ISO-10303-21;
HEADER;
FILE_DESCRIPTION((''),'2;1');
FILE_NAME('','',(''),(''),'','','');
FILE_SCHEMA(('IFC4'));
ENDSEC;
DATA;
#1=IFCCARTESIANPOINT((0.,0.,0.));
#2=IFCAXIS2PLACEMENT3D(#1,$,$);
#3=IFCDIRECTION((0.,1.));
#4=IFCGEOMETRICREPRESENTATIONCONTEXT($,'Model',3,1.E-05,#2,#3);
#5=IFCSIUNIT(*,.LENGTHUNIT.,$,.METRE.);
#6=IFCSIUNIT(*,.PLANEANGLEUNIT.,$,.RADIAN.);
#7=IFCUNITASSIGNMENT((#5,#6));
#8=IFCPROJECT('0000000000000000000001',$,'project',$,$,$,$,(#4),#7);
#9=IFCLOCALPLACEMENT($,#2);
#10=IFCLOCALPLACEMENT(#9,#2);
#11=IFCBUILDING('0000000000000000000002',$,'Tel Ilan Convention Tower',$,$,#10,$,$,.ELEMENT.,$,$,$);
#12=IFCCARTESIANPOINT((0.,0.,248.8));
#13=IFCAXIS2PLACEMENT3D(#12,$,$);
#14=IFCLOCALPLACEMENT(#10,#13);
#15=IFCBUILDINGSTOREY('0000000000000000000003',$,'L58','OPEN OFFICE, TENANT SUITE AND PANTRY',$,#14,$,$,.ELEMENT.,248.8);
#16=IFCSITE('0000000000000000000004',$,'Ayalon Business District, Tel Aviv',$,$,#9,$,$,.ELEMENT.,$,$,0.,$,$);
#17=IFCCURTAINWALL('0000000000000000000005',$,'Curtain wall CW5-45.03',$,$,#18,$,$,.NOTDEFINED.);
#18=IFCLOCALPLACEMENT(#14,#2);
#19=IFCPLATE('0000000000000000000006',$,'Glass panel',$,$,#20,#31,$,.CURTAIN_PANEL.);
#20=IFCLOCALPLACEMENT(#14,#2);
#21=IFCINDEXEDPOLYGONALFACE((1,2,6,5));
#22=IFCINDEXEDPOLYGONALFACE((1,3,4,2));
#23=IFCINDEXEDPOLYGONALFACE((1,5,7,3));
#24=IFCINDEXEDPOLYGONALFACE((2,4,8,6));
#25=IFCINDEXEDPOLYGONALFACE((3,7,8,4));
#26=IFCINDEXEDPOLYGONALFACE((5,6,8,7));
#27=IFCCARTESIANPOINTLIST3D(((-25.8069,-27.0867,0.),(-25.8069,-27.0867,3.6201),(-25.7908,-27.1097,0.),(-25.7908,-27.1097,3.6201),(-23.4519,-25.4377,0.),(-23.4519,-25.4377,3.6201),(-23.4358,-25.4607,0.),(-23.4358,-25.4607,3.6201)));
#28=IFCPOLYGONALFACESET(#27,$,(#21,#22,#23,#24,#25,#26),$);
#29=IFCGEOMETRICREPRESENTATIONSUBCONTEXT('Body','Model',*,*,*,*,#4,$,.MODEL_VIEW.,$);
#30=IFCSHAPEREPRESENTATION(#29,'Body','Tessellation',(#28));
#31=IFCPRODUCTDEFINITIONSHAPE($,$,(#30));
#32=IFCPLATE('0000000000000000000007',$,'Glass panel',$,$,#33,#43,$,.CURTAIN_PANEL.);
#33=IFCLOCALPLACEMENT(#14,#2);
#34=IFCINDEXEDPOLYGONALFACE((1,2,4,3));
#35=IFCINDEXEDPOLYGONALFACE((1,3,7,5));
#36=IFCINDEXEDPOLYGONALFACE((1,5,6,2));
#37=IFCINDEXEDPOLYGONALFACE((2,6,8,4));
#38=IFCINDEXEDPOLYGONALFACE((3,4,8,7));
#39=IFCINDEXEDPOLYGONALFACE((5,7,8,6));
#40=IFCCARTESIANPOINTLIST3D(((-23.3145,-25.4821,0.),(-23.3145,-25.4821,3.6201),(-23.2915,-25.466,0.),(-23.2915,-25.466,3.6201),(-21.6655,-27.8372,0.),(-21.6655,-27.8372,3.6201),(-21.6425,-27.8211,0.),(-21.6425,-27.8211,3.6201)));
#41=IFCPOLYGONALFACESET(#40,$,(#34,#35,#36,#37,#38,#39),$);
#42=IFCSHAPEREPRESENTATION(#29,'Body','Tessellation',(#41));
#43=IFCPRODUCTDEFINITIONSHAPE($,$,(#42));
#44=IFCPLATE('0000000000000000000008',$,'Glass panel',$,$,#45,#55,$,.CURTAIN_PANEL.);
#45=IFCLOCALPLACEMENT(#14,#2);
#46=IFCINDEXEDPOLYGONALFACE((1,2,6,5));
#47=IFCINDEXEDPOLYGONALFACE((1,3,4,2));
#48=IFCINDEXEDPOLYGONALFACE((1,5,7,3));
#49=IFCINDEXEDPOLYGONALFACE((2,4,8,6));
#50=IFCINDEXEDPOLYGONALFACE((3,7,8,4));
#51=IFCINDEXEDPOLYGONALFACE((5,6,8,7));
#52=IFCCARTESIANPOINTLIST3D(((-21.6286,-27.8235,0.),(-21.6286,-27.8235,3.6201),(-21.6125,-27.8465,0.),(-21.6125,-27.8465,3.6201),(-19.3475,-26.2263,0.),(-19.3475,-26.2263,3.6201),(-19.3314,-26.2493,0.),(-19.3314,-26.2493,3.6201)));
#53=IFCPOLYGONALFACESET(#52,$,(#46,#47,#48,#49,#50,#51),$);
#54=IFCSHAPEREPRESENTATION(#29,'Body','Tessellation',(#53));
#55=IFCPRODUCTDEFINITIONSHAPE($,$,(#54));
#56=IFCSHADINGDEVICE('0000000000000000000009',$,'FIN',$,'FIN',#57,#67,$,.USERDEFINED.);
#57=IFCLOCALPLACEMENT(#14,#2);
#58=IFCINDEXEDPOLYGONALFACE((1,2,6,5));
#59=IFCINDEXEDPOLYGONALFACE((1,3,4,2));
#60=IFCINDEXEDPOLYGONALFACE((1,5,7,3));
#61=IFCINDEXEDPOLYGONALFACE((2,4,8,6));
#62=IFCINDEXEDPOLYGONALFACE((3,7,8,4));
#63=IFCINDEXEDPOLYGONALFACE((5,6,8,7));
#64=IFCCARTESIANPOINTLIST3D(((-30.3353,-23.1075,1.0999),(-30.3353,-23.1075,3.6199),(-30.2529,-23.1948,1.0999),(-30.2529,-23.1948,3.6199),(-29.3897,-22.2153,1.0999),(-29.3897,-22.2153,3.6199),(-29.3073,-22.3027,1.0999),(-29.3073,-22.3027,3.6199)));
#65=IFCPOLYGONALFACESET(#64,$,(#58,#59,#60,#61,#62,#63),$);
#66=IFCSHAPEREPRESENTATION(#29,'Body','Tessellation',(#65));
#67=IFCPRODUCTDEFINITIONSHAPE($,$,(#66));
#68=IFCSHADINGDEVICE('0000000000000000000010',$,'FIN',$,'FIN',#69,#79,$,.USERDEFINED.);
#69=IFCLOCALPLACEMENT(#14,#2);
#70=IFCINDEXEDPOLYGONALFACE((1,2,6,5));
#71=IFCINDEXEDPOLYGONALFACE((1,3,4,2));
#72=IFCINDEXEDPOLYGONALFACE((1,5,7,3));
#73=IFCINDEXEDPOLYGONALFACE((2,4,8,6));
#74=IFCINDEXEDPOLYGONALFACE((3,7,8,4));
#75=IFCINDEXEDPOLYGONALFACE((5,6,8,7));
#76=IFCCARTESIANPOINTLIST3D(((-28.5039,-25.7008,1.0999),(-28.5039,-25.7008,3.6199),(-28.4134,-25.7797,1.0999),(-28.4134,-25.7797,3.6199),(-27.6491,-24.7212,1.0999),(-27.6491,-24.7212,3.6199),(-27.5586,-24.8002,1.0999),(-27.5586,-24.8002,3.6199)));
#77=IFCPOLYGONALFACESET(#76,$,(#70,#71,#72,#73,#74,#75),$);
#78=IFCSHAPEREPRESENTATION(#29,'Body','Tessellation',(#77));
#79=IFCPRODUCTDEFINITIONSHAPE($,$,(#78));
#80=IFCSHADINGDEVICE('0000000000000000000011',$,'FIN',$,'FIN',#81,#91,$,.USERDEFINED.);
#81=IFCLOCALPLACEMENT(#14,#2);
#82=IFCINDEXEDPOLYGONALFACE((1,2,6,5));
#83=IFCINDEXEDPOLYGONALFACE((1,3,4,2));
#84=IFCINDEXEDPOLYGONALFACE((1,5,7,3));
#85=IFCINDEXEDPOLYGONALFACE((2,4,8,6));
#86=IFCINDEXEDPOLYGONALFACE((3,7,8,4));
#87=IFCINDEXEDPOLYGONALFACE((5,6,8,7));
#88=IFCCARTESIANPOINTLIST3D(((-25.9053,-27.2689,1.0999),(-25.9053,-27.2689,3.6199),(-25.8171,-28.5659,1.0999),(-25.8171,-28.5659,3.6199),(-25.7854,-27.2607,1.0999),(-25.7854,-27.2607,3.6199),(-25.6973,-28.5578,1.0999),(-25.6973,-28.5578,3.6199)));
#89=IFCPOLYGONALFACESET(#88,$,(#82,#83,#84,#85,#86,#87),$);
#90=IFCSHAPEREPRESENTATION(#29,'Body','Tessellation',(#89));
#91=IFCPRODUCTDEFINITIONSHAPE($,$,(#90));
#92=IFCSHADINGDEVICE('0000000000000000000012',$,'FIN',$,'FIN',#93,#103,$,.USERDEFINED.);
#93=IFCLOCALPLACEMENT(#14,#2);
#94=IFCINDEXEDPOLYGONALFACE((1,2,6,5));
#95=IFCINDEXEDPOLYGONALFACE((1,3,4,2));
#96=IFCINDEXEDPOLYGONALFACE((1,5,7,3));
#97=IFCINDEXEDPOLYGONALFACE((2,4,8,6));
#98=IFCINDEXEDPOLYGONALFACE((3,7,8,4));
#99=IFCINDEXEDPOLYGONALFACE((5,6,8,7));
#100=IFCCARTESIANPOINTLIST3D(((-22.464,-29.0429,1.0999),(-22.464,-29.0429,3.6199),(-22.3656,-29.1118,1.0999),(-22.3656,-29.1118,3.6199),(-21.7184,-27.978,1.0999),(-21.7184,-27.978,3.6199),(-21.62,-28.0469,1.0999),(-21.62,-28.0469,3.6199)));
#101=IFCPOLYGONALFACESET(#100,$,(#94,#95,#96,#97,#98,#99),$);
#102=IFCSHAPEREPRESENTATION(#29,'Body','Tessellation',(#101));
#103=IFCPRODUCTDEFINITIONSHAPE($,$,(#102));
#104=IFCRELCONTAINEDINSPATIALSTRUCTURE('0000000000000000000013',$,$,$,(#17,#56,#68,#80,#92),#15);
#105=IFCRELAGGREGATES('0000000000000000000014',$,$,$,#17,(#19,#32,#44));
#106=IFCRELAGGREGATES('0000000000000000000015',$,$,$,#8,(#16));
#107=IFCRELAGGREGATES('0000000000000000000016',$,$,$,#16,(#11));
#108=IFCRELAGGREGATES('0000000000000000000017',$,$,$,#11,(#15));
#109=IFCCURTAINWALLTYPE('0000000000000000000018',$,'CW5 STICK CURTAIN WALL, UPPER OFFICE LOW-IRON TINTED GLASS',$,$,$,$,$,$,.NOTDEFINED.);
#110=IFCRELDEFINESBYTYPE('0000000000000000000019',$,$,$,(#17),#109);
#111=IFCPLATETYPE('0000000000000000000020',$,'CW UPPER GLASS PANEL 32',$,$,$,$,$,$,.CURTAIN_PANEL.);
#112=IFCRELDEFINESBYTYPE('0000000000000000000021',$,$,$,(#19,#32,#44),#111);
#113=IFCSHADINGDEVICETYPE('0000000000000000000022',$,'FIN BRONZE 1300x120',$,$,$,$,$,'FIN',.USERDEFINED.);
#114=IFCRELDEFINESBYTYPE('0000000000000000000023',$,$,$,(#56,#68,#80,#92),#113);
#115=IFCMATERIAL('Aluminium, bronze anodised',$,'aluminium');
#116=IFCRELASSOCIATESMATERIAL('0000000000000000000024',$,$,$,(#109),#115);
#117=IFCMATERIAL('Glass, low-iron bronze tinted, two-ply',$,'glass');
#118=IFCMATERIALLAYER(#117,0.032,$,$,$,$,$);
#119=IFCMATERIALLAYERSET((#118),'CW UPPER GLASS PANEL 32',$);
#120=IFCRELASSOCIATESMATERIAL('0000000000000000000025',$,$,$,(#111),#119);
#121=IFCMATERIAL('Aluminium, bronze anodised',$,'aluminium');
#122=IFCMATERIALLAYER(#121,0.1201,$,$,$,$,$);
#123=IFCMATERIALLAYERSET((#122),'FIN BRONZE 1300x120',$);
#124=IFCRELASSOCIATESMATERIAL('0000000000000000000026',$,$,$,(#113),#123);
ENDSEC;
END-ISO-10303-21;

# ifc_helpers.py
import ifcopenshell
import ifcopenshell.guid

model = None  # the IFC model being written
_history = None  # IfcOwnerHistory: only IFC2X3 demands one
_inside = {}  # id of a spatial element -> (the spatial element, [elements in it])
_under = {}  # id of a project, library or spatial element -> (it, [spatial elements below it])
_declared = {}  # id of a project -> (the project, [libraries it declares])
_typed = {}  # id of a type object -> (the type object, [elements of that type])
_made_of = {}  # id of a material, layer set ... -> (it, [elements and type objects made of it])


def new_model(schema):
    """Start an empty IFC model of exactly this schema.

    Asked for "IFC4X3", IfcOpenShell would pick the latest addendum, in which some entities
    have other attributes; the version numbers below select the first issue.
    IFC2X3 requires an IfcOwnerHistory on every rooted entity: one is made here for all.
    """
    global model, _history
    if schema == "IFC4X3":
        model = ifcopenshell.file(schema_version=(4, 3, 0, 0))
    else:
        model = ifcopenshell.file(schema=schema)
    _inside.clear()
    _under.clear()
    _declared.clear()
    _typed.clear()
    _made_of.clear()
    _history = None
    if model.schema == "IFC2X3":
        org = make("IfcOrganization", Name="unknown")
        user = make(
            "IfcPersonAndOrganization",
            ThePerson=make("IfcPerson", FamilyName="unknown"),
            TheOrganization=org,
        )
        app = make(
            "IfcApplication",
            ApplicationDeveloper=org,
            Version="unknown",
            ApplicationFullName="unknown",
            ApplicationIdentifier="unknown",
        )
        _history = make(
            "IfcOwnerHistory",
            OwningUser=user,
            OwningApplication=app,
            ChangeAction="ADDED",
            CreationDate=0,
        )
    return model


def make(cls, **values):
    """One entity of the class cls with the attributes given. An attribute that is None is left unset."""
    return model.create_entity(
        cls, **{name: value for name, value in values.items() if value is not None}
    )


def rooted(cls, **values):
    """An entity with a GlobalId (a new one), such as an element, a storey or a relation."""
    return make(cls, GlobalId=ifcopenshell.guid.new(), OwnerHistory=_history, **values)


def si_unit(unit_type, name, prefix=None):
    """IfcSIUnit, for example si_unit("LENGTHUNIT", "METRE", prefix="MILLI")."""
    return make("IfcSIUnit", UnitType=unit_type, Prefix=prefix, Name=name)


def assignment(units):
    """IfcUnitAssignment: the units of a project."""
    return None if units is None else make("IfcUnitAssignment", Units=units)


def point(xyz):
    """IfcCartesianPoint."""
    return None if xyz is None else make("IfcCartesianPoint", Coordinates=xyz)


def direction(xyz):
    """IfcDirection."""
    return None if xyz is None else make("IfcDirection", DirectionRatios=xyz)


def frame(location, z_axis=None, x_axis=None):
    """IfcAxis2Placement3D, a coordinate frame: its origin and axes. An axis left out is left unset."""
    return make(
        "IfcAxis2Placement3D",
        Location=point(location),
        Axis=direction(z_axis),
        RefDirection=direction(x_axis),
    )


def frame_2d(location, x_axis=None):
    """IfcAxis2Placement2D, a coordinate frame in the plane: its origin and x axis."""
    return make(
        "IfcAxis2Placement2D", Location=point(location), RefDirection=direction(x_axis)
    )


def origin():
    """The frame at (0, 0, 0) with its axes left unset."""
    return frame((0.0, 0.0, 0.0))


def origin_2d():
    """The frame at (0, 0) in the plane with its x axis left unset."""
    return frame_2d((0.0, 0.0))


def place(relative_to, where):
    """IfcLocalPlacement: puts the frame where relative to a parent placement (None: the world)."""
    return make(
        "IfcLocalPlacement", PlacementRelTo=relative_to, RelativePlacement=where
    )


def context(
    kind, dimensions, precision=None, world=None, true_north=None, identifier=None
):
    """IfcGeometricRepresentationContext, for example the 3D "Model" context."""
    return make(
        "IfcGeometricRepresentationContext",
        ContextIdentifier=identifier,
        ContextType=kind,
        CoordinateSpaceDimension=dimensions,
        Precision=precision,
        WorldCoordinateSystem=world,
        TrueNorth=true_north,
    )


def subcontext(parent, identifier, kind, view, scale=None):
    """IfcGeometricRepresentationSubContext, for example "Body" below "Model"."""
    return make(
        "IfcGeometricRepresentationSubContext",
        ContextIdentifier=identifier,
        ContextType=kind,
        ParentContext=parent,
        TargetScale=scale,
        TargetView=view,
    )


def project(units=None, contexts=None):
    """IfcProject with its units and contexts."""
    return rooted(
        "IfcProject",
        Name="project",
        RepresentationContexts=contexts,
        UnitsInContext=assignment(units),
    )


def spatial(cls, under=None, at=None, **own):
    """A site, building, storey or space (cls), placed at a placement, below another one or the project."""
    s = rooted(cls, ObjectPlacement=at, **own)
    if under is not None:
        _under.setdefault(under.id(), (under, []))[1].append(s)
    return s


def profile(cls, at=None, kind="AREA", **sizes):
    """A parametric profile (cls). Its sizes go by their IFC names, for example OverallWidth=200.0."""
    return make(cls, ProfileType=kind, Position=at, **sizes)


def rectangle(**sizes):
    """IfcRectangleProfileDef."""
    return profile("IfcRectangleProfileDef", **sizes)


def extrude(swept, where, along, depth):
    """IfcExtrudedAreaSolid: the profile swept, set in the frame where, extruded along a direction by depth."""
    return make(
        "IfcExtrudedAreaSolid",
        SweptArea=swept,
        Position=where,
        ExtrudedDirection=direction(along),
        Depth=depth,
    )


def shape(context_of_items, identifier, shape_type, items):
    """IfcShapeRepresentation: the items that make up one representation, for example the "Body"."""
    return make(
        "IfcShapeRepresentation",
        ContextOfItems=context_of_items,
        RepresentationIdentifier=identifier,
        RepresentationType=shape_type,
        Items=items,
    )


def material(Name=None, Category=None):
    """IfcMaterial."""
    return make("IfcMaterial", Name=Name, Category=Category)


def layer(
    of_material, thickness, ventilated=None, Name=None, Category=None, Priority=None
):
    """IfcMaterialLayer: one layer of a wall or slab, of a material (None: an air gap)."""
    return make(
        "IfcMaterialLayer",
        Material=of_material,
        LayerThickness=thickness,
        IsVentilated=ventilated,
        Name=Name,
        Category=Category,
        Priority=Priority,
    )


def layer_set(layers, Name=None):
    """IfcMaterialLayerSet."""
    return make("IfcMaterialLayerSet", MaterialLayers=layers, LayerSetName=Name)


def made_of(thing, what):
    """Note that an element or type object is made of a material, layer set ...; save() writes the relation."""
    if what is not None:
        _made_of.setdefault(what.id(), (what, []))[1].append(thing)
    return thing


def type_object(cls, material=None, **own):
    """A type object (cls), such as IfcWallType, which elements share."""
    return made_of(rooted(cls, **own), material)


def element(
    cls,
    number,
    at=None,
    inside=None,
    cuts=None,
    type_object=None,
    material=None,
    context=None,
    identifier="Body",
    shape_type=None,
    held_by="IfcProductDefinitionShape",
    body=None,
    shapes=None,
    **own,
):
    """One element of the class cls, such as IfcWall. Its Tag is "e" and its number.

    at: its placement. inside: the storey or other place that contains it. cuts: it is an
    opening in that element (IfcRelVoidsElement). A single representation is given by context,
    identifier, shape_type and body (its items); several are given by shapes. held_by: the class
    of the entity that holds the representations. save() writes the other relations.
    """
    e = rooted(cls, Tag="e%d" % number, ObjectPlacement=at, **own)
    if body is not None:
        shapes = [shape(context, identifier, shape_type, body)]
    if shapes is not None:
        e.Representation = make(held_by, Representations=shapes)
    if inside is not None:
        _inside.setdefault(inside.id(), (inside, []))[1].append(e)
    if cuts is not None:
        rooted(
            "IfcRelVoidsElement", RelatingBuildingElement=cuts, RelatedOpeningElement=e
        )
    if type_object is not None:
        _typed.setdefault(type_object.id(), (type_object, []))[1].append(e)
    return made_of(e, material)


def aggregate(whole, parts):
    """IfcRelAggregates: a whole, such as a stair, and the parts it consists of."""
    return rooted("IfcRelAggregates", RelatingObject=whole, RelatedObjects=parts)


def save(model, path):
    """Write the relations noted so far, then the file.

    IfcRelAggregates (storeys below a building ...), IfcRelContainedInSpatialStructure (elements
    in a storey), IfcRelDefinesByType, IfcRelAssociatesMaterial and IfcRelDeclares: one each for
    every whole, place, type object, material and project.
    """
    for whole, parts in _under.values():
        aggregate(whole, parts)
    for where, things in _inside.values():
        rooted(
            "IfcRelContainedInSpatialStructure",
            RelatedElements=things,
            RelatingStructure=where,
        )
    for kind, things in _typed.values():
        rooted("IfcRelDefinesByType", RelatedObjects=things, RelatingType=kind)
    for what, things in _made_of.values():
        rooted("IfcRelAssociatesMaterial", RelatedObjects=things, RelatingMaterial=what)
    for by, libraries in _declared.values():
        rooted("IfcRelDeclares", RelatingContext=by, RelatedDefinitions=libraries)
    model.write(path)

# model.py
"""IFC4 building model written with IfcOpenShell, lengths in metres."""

from ifc_helpers import new_model, si_unit, direction, frame, origin, origin_2d, place, context, subcontext, project, spatial, rectangle, extrude, material, layer, layer_set, type_object, element, aggregate, save


model = new_model("IFC4")

# Units and contexts
model_context = context("Model", 3, precision=1e-05, world=origin(), true_north=direction((0.0, 1.0)))
body_context = subcontext(model_context, "Body", "Model", "MODEL_VIEW")
ifc_project = project(units=[si_unit("LENGTHUNIT", "METRE"), si_unit("PLANEANGLEUNIT", "RADIAN")], contexts=[model_context])

# Site, building, storey
site_placement = place(None, origin())
site = spatial("IfcSite", under=ifc_project, at=site_placement, Name="Ayalon Business District, Tel Aviv", CompositionType="ELEMENT", RefElevation=0.0)
building_placement = place(site_placement, origin())
building = spatial("IfcBuilding", under=site, at=building_placement, Name="Tel Ilan Convention Tower", CompositionType="ELEMENT")
storey_placement = place(building_placement, frame((0.0, 0.0, 248.8)))
storey = spatial("IfcBuildingStorey", under=building, at=storey_placement, Name="L58", Description="OPEN OFFICE, TENANT SUITE AND PANTRY", CompositionType="ELEMENT", Elevation=248.8)

# Curtain wall, plates
ifc_material_1 = material(Name="Aluminium, bronze anodised", Category="aluminium")
curtain_wall_type = type_object("IfcCurtainWallType", Name="CW5 STICK CURTAIN WALL, UPPER OFFICE LOW-IRON TINTED GLASS", PredefinedType="NOTDEFINED", material=ifc_material_1)
curtain_wall_placement = place(storey_placement, origin())
curtain_wall = element("IfcCurtainWall", 1, at=curtain_wall_placement, inside=storey, type_object=curtain_wall_type, Name="Curtain wall CW5-45.03", PredefinedType="NOTDEFINED")
ifc_material_2 = material(Name="Glass, low-iron bronze tinted, two-ply", Category="glass")
ifc_layer_1 = layer(ifc_material_2, 0.032)
ifc_layer_set_1 = layer_set([ifc_layer_1], Name="CW UPPER GLASS PANEL 32")
plate_type = type_object("IfcPlateType", Name="CW UPPER GLASS PANEL 32", PredefinedType="CURTAIN_PANEL", material=ifc_layer_set_1)
plate_1_placement = place(storey_placement, frame((-24.6213, -26.2737, 0.0), z_axis=(0.0, 0.0, 1.0), x_axis=(0.819152, 0.573576, 0.0)))
plate_1 = element("IfcPlate", 2, at=plate_1_placement, type_object=plate_type, Name="Glass panel", PredefinedType="CURTAIN_PANEL", context=body_context, shape_type="SweptSolid", body=[
    extrude(rectangle(XDim=2.875, YDim=0.0281, at=origin_2d()), origin(), (0.0, 0.0, 1.0), 3.6201),
])
plate_2_placement = place(storey_placement, frame((-22.4785, -26.6516, 0.0), z_axis=(0.0, 0.0, 1.0), x_axis=(0.573576, -0.819152, 0.0)))
plate_2 = element("IfcPlate", 3, at=plate_2_placement, type_object=plate_type, Name="Glass panel", PredefinedType="CURTAIN_PANEL", context=body_context, shape_type="SweptSolid", body=[
    extrude(rectangle(XDim=2.875, YDim=0.0281, at=origin_2d()), origin(), (0.0, 0.0, 1.0), 3.6201),
])
plate_3_placement = place(storey_placement, frame((-20.48, -27.0364, 0.0), z_axis=(0.0, 0.0, 1.0), x_axis=(0.819152, 0.573576, 0.0)))
plate_3 = element("IfcPlate", 4, at=plate_3_placement, type_object=plate_type, Name="Glass panel", PredefinedType="CURTAIN_PANEL", context=body_context, shape_type="SweptSolid", body=[
    extrude(rectangle(XDim=2.7847, YDim=0.0281, at=origin_2d()), origin(), (0.0, 0.0, 1.0), 3.6201),
])
aggregate(curtain_wall, [plate_1, plate_2, plate_3])

# Shading devices
ifc_material_3 = material(Name="Aluminium, bronze anodised", Category="aluminium")
ifc_layer_2 = layer(ifc_material_3, 0.1201)
ifc_layer_set_2 = layer_set([ifc_layer_2], Name="FIN BRONZE 1300x120")
shading_device_type = type_object("IfcShadingDeviceType", Name="FIN BRONZE 1300x120", ElementType="FIN", PredefinedType="USERDEFINED", material=ifc_layer_set_2)
for number, where, z_axis, x_axis, name in (
    (5, (-29.8213, -22.7051, 1.0999), (0.0, 0.0, 1.0), (-0.727374, -0.686242, 0.0), "FIN"),
    (6, (-28.0312, -25.2505, 1.0999), (0.0, 0.0, 1.0), (-0.657521, -0.753436, 0.0), "FIN"),
    (7, (-25.8013, -27.9133, 1.0999), (0.0, 0.0, 1.0), (0.067822, -0.997697, 0.0), "FIN"),
    (8, (-22.042, -28.5449, 1.0999), (0.0, 0.0, 1.0), (-0.573576, -0.819152, 0.0), "FIN"),
):
    element("IfcShadingDevice", number, at=place(storey_placement, frame(where, z_axis=z_axis, x_axis=x_axis)), inside=storey, type_object=shading_device_type, Name=name, ObjectType="FIN", PredefinedType="USERDEFINED", context=body_context, shape_type="SweptSolid", body=[
        extrude(rectangle(XDim=1.3, YDim=0.1201, at=origin_2d()), origin(), (0.0, 0.0, 1.0), 2.52),
    ])

save(model, "model.ifc")
